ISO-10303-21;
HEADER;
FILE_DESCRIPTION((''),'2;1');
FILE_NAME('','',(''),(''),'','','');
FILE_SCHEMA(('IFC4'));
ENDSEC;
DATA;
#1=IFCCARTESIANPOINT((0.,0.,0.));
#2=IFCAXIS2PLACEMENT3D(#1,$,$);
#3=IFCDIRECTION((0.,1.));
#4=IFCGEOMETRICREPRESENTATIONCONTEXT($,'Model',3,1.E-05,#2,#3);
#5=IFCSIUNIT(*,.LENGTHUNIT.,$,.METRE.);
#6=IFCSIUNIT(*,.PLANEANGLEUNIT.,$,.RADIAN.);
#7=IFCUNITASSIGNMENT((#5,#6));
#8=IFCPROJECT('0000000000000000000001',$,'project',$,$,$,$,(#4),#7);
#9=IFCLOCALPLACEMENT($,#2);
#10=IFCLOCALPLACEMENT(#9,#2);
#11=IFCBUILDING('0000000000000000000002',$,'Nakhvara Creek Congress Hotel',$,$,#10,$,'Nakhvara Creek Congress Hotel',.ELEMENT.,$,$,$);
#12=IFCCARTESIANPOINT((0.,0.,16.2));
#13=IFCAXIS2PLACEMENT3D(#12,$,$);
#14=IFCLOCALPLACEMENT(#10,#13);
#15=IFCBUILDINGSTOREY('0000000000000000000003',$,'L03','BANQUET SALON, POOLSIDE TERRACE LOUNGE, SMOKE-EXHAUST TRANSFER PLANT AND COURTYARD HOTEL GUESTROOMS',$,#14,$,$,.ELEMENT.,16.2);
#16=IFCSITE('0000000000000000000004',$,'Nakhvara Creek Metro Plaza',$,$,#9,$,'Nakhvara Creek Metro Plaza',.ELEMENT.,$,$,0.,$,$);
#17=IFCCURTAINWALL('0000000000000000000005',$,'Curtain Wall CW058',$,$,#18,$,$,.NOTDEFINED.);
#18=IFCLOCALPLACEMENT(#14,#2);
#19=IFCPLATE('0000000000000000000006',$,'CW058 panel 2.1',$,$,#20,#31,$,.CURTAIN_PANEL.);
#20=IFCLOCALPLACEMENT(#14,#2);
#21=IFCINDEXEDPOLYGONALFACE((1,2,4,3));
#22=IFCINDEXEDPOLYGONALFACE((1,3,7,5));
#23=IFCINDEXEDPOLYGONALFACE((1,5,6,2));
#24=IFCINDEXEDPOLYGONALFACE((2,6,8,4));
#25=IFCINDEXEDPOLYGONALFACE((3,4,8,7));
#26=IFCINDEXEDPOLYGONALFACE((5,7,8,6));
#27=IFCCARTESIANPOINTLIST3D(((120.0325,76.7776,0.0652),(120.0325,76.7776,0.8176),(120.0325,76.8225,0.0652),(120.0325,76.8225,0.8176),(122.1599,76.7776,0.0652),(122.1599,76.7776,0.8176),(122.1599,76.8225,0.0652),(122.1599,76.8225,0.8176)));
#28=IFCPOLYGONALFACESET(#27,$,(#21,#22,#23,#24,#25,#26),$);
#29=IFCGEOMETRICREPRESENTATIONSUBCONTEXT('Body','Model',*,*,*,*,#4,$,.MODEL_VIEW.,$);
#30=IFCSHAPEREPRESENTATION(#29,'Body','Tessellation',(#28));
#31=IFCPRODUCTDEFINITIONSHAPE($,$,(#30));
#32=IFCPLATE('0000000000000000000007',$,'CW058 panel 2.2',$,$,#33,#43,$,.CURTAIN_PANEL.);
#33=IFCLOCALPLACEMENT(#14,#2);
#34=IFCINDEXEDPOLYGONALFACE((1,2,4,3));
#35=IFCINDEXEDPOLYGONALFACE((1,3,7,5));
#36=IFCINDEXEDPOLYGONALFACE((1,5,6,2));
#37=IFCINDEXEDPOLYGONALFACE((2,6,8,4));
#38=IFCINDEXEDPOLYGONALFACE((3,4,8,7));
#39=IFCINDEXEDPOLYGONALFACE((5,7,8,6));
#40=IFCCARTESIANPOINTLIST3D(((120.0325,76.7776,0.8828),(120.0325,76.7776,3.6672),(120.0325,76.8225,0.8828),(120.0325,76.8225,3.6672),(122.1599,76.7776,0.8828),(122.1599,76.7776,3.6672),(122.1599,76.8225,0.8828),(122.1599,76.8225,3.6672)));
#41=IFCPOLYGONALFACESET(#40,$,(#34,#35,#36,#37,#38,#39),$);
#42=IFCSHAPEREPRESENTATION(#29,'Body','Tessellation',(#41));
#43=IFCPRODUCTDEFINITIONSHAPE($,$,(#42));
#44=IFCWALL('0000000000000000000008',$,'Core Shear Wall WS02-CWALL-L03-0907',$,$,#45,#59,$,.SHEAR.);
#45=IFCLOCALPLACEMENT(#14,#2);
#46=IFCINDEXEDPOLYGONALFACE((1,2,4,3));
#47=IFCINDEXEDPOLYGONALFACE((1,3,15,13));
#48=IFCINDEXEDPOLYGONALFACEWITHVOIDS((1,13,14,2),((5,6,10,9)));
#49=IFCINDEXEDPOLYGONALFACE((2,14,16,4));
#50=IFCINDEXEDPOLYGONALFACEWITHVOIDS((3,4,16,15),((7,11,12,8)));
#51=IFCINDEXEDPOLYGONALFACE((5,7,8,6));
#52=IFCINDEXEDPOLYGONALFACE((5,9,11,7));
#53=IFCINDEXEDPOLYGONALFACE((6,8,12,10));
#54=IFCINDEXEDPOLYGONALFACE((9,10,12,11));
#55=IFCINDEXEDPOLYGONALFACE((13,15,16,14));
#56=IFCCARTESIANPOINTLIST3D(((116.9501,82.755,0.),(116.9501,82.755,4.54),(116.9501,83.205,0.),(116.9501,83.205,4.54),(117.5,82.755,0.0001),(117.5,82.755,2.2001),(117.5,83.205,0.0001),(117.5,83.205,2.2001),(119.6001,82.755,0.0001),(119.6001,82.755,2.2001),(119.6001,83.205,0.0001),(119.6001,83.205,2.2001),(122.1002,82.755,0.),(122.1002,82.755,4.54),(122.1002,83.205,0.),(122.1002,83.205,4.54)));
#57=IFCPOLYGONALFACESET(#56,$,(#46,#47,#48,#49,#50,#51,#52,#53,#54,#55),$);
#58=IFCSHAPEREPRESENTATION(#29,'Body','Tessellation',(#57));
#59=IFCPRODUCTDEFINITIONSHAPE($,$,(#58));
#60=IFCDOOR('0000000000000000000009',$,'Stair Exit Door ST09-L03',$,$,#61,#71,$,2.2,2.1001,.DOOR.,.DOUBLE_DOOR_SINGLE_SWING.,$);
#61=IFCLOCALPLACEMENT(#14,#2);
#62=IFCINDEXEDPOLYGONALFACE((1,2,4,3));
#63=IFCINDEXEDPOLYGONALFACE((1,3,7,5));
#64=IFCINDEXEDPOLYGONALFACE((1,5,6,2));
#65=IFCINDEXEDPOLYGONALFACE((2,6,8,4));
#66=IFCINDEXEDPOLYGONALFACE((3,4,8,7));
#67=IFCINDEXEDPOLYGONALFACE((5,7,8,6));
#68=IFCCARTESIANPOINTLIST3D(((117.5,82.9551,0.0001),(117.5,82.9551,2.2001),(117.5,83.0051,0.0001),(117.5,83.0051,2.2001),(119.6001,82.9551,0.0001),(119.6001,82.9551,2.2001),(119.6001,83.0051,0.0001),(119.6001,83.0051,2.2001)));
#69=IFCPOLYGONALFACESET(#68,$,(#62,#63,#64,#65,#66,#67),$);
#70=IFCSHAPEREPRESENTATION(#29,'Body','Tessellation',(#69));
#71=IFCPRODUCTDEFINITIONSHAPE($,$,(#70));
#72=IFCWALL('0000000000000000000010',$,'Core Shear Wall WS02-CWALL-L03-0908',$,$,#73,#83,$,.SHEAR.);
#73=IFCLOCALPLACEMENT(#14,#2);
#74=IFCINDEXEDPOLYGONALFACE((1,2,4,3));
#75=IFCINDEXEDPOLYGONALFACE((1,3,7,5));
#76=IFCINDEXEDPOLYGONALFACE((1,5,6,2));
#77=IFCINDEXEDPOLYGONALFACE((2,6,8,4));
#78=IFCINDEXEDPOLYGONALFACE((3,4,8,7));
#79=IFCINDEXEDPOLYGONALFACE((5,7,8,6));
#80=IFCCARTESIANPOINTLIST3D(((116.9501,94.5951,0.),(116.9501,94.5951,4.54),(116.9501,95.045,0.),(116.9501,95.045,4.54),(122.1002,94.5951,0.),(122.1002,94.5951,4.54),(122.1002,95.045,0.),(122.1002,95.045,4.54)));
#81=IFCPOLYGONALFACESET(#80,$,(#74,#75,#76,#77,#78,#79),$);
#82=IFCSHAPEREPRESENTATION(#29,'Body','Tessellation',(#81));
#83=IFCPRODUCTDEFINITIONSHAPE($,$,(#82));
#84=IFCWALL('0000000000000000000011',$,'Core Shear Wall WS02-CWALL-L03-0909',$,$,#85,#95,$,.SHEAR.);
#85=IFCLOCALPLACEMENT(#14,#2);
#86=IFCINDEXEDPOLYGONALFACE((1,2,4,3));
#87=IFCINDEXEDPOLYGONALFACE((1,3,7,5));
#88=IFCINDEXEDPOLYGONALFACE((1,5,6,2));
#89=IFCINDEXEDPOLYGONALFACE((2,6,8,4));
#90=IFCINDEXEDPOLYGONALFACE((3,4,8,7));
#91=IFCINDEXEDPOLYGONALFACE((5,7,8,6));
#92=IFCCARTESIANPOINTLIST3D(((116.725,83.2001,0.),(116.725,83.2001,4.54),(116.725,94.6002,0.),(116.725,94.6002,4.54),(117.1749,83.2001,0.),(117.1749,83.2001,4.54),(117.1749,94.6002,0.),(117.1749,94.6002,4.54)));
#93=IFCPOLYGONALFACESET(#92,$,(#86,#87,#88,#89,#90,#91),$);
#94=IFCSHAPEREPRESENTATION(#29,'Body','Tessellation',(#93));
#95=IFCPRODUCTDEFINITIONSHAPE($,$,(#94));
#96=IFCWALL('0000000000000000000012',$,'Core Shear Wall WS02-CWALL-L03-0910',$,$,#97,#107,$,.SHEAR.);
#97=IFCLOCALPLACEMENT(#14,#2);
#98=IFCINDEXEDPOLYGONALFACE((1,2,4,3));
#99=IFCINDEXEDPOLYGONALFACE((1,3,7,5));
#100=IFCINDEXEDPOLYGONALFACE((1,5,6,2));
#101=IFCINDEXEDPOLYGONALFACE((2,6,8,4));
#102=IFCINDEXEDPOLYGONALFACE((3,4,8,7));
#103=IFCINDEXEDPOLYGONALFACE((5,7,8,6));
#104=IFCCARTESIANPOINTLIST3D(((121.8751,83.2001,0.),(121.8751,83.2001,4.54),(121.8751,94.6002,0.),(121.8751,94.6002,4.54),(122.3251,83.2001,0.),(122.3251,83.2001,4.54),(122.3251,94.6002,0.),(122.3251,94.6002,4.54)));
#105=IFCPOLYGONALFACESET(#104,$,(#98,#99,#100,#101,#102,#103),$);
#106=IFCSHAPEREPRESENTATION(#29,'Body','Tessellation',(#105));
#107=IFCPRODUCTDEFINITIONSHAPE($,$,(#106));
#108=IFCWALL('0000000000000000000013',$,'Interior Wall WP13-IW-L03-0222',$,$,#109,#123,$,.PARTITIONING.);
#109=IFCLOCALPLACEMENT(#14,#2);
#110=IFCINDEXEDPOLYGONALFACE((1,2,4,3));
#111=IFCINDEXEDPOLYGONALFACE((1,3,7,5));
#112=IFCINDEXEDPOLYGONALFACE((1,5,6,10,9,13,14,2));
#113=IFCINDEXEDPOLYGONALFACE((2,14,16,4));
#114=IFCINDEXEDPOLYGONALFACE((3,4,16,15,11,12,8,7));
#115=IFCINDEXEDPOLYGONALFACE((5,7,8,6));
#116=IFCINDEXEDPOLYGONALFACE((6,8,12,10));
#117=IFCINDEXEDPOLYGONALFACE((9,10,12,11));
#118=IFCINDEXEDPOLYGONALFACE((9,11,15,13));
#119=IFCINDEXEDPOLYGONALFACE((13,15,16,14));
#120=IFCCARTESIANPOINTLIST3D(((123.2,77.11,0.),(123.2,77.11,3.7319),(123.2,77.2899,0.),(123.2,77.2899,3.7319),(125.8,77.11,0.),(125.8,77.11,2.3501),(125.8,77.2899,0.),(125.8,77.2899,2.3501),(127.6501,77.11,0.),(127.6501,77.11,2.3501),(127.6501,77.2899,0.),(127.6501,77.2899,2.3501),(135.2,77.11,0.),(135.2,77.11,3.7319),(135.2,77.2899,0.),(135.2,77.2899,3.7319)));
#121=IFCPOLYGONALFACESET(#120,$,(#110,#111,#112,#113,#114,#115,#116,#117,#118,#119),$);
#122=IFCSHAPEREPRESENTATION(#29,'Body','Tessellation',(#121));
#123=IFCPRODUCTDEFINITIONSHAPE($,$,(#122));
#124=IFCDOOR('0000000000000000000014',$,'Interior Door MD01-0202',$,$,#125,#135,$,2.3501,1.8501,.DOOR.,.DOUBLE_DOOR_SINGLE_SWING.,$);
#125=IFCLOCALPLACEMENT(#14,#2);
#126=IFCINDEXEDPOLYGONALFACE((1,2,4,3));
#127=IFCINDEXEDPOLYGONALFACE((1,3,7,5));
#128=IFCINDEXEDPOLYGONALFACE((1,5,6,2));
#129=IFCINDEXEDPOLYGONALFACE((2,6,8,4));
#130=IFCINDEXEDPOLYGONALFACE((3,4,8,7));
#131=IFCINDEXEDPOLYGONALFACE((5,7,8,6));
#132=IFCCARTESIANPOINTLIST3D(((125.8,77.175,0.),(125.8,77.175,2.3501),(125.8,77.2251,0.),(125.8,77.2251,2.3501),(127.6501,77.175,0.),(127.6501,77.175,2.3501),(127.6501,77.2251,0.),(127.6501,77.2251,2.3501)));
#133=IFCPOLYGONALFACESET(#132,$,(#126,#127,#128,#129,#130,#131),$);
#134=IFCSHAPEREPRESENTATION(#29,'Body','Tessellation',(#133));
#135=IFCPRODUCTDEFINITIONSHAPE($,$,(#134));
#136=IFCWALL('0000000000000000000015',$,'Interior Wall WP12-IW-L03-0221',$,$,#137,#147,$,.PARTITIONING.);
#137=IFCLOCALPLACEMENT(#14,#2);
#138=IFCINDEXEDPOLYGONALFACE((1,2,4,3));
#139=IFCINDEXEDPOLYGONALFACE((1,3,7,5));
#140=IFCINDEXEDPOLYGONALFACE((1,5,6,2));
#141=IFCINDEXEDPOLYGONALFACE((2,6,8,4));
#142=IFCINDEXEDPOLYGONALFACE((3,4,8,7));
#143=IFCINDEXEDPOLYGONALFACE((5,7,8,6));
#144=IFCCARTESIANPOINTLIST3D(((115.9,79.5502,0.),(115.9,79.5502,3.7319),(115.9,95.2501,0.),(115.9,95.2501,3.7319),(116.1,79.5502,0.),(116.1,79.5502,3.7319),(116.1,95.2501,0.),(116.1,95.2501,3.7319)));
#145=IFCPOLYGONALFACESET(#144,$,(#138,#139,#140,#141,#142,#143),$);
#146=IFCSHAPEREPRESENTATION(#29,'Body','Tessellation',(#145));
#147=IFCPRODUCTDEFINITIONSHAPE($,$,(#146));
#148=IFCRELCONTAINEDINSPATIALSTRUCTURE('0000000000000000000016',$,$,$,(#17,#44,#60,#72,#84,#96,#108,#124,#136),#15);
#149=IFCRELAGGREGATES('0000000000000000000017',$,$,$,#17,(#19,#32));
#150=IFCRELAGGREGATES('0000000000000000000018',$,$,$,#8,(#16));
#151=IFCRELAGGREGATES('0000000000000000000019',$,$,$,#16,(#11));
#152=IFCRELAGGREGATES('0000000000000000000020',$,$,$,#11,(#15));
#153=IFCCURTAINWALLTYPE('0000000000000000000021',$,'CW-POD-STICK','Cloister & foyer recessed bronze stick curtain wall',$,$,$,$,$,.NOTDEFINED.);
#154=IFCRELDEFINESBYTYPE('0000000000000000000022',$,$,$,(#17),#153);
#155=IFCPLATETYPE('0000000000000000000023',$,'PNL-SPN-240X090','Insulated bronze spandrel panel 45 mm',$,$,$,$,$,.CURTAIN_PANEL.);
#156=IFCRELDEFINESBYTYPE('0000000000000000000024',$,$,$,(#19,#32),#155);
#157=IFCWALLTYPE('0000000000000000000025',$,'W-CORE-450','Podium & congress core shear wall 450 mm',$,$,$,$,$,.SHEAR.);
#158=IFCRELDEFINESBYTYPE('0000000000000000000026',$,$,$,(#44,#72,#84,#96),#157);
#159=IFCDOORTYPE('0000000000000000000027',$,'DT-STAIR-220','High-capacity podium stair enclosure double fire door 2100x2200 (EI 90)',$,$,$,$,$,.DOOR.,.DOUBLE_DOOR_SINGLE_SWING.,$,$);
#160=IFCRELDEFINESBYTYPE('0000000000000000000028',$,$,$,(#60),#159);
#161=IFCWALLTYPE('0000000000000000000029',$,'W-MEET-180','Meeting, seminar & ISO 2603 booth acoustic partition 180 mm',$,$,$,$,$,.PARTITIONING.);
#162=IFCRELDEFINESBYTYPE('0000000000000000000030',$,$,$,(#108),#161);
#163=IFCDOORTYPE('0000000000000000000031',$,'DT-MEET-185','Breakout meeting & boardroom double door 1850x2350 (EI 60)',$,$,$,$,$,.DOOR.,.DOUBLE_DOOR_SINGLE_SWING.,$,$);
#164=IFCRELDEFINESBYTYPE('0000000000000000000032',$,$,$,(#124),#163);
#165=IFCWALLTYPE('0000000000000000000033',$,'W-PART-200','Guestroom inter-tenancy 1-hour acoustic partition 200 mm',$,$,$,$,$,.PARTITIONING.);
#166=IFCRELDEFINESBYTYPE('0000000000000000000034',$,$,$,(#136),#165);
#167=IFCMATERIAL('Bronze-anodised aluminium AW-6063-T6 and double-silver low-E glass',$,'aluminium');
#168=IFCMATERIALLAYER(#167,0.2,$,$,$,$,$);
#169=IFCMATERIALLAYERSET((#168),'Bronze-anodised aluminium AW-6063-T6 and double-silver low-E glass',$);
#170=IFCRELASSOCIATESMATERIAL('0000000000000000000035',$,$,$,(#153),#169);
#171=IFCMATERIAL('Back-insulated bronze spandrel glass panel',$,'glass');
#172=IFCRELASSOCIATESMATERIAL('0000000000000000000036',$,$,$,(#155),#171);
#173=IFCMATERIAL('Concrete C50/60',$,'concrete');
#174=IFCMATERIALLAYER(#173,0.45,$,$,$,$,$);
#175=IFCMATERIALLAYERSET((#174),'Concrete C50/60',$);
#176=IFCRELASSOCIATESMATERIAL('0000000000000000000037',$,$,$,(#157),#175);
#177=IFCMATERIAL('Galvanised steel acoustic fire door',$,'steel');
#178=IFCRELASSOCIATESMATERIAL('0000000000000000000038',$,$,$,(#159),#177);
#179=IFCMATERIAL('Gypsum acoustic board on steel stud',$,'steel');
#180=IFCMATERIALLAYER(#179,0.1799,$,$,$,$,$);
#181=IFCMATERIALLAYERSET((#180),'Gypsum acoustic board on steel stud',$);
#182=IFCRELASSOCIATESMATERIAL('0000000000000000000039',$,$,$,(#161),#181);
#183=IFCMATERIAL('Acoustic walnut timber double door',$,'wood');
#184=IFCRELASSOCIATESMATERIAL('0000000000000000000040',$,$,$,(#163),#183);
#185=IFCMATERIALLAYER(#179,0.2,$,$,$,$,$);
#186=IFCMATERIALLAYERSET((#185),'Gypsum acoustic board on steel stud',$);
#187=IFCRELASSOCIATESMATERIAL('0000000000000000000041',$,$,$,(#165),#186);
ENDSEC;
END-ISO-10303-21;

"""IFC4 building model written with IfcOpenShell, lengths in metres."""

from ifc_helpers import new_model, si_unit, direction, frame, frame_2d, origin, origin_2d, place, context, subcontext, project, spatial, rectangle, extrude, material, layer, layer_set, type_object, element, fill, aggregate, save


model = new_model("IFC4")

# Units and contexts
model_context = context("Model", 3, precision=1e-05, world=origin(), true_north=direction((0.0, 1.0)))
body_context = subcontext(model_context, "Body", "Model", "MODEL_VIEW")
ifc_project = project(units=[si_unit("LENGTHUNIT", "METRE"), si_unit("PLANEANGLEUNIT", "RADIAN")], contexts=[model_context])

# Site, building, storey
site_placement = place(None, origin())
site = spatial("IfcSite", under=ifc_project, at=site_placement, Name="Nakhvara Creek Metro Plaza", LongName="Nakhvara Creek Metro Plaza", CompositionType="ELEMENT", RefElevation=0.0)
building_placement = place(site_placement, origin())
building = spatial("IfcBuilding", under=site, at=building_placement, Name="Nakhvara Creek Congress Hotel", LongName="Nakhvara Creek Congress Hotel", CompositionType="ELEMENT")
storey_placement = place(building_placement, frame((0.0, 0.0, 16.2)))
storey = spatial("IfcBuildingStorey", under=building, at=storey_placement, Name="L03", Description="BANQUET SALON, POOLSIDE TERRACE LOUNGE, SMOKE-EXHAUST TRANSFER PLANT AND COURTYARD HOTEL GUESTROOMS", CompositionType="ELEMENT", Elevation=16.2)

# Shared definitions
ifc_material_1 = material(Name="Concrete C50/60", Category="concrete")

# Curtain wall
ifc_material_2 = material(Name="Bronze-anodised aluminium AW-6063-T6 and double-silver low-E glass", Category="aluminium")
ifc_layer_1 = layer(ifc_material_2, 0.2)
ifc_layer_set_1 = layer_set([ifc_layer_1], Name="Bronze-anodised aluminium AW-6063-T6 and double-silver low-E glass")
curtain_wall_type = type_object("IfcCurtainWallType", Name="CW-POD-STICK", Description="Cloister & foyer recessed bronze stick curtain wall", PredefinedType="NOTDEFINED", material=ifc_layer_set_1)
curtain_wall_1_placement = place(storey_placement, origin())
curtain_wall_1 = element("IfcCurtainWall", 1, at=curtain_wall_1_placement, inside=storey, type_object=curtain_wall_type, Name="Curtain Wall CW058", PredefinedType="NOTDEFINED")

# Plates
ifc_material_3 = material(Name="Back-insulated bronze spandrel glass panel", Category="glass")
plate_type = type_object("IfcPlateType", Name="PNL-SPN-240X090", Description="Insulated bronze spandrel panel 45 mm", PredefinedType="CURTAIN_PANEL", material=ifc_material_3)
plate_1_placement = place(storey_placement, frame((121.0962, 76.8, 0.0652), z_axis=(0.0, 0.0, 1.0), x_axis=(-1.0, 0.0, 0.0)))
plate_1 = element("IfcPlate", 2, at=plate_1_placement, type_object=plate_type, Name="CW058 panel 2.1", PredefinedType="CURTAIN_PANEL", context=body_context, shape_type="SweptSolid", body=[
    extrude(rectangle(XDim=2.1274, YDim=0.0449, at=origin_2d()), origin(), (0.0, 0.0, 1.0), 0.7524),
])
plate_2_placement = place(storey_placement, frame((121.0962, 76.8, 0.8828), z_axis=(0.0, 0.0, 1.0), x_axis=(-1.0, 0.0, 0.0)))
plate_2 = element("IfcPlate", 3, at=plate_2_placement, type_object=plate_type, Name="CW058 panel 2.2", PredefinedType="CURTAIN_PANEL", context=body_context, shape_type="SweptSolid", body=[
    extrude(rectangle(XDim=2.1274, YDim=0.0449, at=origin_2d()), origin(), (0.0, 0.0, 1.0), 2.7844),
])
aggregate(curtain_wall_1, [plate_1, plate_2])

# Wall, opening, door
ifc_layer_2 = layer(ifc_material_1, 0.45)
ifc_layer_set_2 = layer_set([ifc_layer_2], Name="Concrete C50/60")
wall_type_1 = type_object("IfcWallType", Name="W-CORE-450", Description="Podium & congress core shear wall 450 mm", PredefinedType="SHEAR", material=ifc_layer_set_2)
wall_1_placement = place(storey_placement, frame((116.95, 82.98, 0.0), z_axis=(0.0, 0.0, 1.0), x_axis=(1.0, 0.0, 0.0)))
wall_1 = element("IfcWall", 4, at=wall_1_placement, inside=storey, type_object=wall_type_1, Name="Core Shear Wall WS02-CWALL-L03-0907", PredefinedType="SHEAR", context=body_context, shape_type="SweptSolid", body=[
    extrude(rectangle(XDim=5.1501, YDim=0.45, at=frame_2d((2.5752, 0.0))), origin(), (0.0, 0.0, 1.0), 4.54),
])
opening_1_placement = place(wall_1_placement, frame((0.55, 0.0, 0.0)))
opening_1 = element("IfcOpeningElement", 5, at=opening_1_placement, cuts=wall_1, PredefinedType="OPENING", context=body_context, shape_type="SweptSolid", body=[
    extrude(rectangle(XDim=2.1001, YDim=2.2, at=frame_2d((1.05, 1.1001))), frame((0.0, 0.2368, 0.0), z_axis=(0.0, -1.0, 0.0), x_axis=(1.0, 0.0, 0.0)), (0.0, 0.0, 1.0), 0.4739),
])
ifc_material_4 = material(Name="Galvanised steel acoustic fire door", Category="steel")
door_type_1 = type_object("IfcDoorType", Name="DT-STAIR-220", Description="High-capacity podium stair enclosure double fire door 2100x2200 (EI 90)", OperationType="DOUBLE_DOOR_SINGLE_SWING", PredefinedType="DOOR", material=ifc_material_4)
door_1_placement = place(opening_1_placement, frame((2.1001, 0.0, 0.0), z_axis=(0.0, 0.0, 1.0), x_axis=(-1.0, 0.0, 0.0)))
door_1 = element("IfcDoor", 6, at=door_1_placement, inside=storey, type_object=door_type_1, Name="Stair Exit Door ST09-L03", OperationType="DOUBLE_DOOR_SINGLE_SWING", OverallHeight=2.2, OverallWidth=2.1001, PredefinedType="DOOR", context=body_context, shape_type="SweptSolid", body=[
    extrude(rectangle(XDim=2.1001, YDim=2.2, at=frame_2d((1.05, 1.1001))), frame((0.0, 0.0249, 0.0), z_axis=(0.0, -1.0, 0.0), x_axis=(1.0, 0.0, 0.0)), (0.0, 0.0, 1.0), 0.05),
])
fill(opening_1, door_1)

# Walls
wall_2_placement = place(storey_placement, frame((116.95, 94.8201, 0.0), z_axis=(0.0, 0.0, 1.0), x_axis=(1.0, 0.0, 0.0)))
element("IfcWall", 7, at=wall_2_placement, inside=storey, type_object=wall_type_1, Name="Core Shear Wall WS02-CWALL-L03-0908", PredefinedType="SHEAR", context=body_context, shape_type="SweptSolid", body=[
    extrude(rectangle(XDim=5.1501, YDim=0.45, at=frame_2d((2.5752, 0.0))), origin(), (0.0, 0.0, 1.0), 4.54),
])
for number, where, z_axis, x_axis, name in (
    (8, (116.95, 83.2, 0.0), (0.0, 0.0, 1.0), (0.0, 1.0, 0.0), "Core Shear Wall WS02-CWALL-L03-0909"),
    (9, (122.1001, 83.2, 0.0), (0.0, 0.0, 1.0), (0.0, 1.0, 0.0), "Core Shear Wall WS02-CWALL-L03-0910"),
):
    element("IfcWall", number, at=place(storey_placement, frame(where, z_axis=z_axis, x_axis=x_axis)), inside=storey, type_object=wall_type_1, Name=name, PredefinedType="SHEAR", context=body_context, shape_type="SweptSolid", body=[
        extrude(rectangle(XDim=11.4001, YDim=0.45, at=frame_2d((5.7002, 0.0))), origin(), (0.0, 0.0, 1.0), 4.54),
    ])

# Wall, opening, door
ifc_material_5 = material(Name="Gypsum acoustic board on steel stud", Category="steel")
ifc_layer_3 = layer(ifc_material_5, 0.1799)
ifc_layer_set_3 = layer_set([ifc_layer_3], Name="Gypsum acoustic board on steel stud")
wall_type_2 = type_object("IfcWallType", Name="W-MEET-180", Description="Meeting, seminar & ISO 2603 booth acoustic partition 180 mm", PredefinedType="PARTITIONING", material=ifc_layer_set_3)
wall_3_placement = place(storey_placement, frame((123.2, 77.2, 0.0), z_axis=(0.0, 0.0, 1.0), x_axis=(1.0, 0.0, 0.0)))
wall_3 = element("IfcWall", 10, at=wall_3_placement, inside=storey, type_object=wall_type_2, Name="Interior Wall WP13-IW-L03-0222", PredefinedType="PARTITIONING", context=body_context, shape_type="SweptSolid", body=[
    extrude(rectangle(XDim=12.0, YDim=0.1799, at=frame_2d((6.0, 0.0))), origin(), (0.0, 0.0, 1.0), 3.7319),
])
opening_2_placement = place(wall_3_placement, frame((2.6001, 0.0, 0.0)))
opening_2 = element("IfcOpeningElement", 11, at=opening_2_placement, cuts=wall_3, PredefinedType="OPENING", context=body_context, shape_type="SweptSolid", body=[
    extrude(rectangle(XDim=1.8501, YDim=2.3501, at=frame_2d((0.925, 1.175))), frame((0.0, 0.1021, 0.0), z_axis=(0.0, -1.0, 0.0), x_axis=(1.0, 0.0, 0.0)), (0.0, 0.0, 1.0), 0.2039),
])
ifc_material_6 = material(Name="Acoustic walnut timber double door", Category="wood")
door_type_2 = type_object("IfcDoorType", Name="DT-MEET-185", Description="Breakout meeting & boardroom double door 1850x2350 (EI 60)", OperationType="DOUBLE_DOOR_SINGLE_SWING", PredefinedType="DOOR", material=ifc_material_6)
door_2_placement = place(opening_2_placement, frame((1.8501, 0.0, 0.0), z_axis=(0.0, 0.0, 1.0), x_axis=(-1.0, 0.0, 0.0)))
door_2 = element("IfcDoor", 12, at=door_2_placement, inside=storey, type_object=door_type_2, Name="Interior Door MD01-0202", OperationType="DOUBLE_DOOR_SINGLE_SWING", OverallHeight=2.3501, OverallWidth=1.8501, PredefinedType="DOOR", context=body_context, shape_type="SweptSolid", body=[
    extrude(rectangle(XDim=1.8501, YDim=2.3501, at=frame_2d((0.925, 1.175))), frame((0.0, 0.0249, 0.0), z_axis=(0.0, -1.0, 0.0), x_axis=(1.0, 0.0, 0.0)), (0.0, 0.0, 1.0), 0.05),
])
fill(opening_2, door_2)

# Wall
ifc_layer_4 = layer(ifc_material_5, 0.2)
ifc_layer_set_4 = layer_set([ifc_layer_4], Name="Gypsum acoustic board on steel stud")
wall_type_3 = type_object("IfcWallType", Name="W-PART-200", Description="Guestroom inter-tenancy 1-hour acoustic partition 200 mm", PredefinedType="PARTITIONING", material=ifc_layer_set_4)
wall_4_placement = place(storey_placement, frame((116.0, 79.55, 0.0), z_axis=(0.0, 0.0, 1.0), x_axis=(0.0, 1.0, 0.0)))
element("IfcWall", 13, at=wall_4_placement, inside=storey, type_object=wall_type_3, Name="Interior Wall WP12-IW-L03-0221", PredefinedType="PARTITIONING", context=body_context, shape_type="SweptSolid", body=[
    extrude(rectangle(XDim=15.7, YDim=0.2, at=frame_2d((7.8501, 0.0))), origin(), (0.0, 0.0, 1.0), 3.7319),
])

save(model, "model.ifc")
